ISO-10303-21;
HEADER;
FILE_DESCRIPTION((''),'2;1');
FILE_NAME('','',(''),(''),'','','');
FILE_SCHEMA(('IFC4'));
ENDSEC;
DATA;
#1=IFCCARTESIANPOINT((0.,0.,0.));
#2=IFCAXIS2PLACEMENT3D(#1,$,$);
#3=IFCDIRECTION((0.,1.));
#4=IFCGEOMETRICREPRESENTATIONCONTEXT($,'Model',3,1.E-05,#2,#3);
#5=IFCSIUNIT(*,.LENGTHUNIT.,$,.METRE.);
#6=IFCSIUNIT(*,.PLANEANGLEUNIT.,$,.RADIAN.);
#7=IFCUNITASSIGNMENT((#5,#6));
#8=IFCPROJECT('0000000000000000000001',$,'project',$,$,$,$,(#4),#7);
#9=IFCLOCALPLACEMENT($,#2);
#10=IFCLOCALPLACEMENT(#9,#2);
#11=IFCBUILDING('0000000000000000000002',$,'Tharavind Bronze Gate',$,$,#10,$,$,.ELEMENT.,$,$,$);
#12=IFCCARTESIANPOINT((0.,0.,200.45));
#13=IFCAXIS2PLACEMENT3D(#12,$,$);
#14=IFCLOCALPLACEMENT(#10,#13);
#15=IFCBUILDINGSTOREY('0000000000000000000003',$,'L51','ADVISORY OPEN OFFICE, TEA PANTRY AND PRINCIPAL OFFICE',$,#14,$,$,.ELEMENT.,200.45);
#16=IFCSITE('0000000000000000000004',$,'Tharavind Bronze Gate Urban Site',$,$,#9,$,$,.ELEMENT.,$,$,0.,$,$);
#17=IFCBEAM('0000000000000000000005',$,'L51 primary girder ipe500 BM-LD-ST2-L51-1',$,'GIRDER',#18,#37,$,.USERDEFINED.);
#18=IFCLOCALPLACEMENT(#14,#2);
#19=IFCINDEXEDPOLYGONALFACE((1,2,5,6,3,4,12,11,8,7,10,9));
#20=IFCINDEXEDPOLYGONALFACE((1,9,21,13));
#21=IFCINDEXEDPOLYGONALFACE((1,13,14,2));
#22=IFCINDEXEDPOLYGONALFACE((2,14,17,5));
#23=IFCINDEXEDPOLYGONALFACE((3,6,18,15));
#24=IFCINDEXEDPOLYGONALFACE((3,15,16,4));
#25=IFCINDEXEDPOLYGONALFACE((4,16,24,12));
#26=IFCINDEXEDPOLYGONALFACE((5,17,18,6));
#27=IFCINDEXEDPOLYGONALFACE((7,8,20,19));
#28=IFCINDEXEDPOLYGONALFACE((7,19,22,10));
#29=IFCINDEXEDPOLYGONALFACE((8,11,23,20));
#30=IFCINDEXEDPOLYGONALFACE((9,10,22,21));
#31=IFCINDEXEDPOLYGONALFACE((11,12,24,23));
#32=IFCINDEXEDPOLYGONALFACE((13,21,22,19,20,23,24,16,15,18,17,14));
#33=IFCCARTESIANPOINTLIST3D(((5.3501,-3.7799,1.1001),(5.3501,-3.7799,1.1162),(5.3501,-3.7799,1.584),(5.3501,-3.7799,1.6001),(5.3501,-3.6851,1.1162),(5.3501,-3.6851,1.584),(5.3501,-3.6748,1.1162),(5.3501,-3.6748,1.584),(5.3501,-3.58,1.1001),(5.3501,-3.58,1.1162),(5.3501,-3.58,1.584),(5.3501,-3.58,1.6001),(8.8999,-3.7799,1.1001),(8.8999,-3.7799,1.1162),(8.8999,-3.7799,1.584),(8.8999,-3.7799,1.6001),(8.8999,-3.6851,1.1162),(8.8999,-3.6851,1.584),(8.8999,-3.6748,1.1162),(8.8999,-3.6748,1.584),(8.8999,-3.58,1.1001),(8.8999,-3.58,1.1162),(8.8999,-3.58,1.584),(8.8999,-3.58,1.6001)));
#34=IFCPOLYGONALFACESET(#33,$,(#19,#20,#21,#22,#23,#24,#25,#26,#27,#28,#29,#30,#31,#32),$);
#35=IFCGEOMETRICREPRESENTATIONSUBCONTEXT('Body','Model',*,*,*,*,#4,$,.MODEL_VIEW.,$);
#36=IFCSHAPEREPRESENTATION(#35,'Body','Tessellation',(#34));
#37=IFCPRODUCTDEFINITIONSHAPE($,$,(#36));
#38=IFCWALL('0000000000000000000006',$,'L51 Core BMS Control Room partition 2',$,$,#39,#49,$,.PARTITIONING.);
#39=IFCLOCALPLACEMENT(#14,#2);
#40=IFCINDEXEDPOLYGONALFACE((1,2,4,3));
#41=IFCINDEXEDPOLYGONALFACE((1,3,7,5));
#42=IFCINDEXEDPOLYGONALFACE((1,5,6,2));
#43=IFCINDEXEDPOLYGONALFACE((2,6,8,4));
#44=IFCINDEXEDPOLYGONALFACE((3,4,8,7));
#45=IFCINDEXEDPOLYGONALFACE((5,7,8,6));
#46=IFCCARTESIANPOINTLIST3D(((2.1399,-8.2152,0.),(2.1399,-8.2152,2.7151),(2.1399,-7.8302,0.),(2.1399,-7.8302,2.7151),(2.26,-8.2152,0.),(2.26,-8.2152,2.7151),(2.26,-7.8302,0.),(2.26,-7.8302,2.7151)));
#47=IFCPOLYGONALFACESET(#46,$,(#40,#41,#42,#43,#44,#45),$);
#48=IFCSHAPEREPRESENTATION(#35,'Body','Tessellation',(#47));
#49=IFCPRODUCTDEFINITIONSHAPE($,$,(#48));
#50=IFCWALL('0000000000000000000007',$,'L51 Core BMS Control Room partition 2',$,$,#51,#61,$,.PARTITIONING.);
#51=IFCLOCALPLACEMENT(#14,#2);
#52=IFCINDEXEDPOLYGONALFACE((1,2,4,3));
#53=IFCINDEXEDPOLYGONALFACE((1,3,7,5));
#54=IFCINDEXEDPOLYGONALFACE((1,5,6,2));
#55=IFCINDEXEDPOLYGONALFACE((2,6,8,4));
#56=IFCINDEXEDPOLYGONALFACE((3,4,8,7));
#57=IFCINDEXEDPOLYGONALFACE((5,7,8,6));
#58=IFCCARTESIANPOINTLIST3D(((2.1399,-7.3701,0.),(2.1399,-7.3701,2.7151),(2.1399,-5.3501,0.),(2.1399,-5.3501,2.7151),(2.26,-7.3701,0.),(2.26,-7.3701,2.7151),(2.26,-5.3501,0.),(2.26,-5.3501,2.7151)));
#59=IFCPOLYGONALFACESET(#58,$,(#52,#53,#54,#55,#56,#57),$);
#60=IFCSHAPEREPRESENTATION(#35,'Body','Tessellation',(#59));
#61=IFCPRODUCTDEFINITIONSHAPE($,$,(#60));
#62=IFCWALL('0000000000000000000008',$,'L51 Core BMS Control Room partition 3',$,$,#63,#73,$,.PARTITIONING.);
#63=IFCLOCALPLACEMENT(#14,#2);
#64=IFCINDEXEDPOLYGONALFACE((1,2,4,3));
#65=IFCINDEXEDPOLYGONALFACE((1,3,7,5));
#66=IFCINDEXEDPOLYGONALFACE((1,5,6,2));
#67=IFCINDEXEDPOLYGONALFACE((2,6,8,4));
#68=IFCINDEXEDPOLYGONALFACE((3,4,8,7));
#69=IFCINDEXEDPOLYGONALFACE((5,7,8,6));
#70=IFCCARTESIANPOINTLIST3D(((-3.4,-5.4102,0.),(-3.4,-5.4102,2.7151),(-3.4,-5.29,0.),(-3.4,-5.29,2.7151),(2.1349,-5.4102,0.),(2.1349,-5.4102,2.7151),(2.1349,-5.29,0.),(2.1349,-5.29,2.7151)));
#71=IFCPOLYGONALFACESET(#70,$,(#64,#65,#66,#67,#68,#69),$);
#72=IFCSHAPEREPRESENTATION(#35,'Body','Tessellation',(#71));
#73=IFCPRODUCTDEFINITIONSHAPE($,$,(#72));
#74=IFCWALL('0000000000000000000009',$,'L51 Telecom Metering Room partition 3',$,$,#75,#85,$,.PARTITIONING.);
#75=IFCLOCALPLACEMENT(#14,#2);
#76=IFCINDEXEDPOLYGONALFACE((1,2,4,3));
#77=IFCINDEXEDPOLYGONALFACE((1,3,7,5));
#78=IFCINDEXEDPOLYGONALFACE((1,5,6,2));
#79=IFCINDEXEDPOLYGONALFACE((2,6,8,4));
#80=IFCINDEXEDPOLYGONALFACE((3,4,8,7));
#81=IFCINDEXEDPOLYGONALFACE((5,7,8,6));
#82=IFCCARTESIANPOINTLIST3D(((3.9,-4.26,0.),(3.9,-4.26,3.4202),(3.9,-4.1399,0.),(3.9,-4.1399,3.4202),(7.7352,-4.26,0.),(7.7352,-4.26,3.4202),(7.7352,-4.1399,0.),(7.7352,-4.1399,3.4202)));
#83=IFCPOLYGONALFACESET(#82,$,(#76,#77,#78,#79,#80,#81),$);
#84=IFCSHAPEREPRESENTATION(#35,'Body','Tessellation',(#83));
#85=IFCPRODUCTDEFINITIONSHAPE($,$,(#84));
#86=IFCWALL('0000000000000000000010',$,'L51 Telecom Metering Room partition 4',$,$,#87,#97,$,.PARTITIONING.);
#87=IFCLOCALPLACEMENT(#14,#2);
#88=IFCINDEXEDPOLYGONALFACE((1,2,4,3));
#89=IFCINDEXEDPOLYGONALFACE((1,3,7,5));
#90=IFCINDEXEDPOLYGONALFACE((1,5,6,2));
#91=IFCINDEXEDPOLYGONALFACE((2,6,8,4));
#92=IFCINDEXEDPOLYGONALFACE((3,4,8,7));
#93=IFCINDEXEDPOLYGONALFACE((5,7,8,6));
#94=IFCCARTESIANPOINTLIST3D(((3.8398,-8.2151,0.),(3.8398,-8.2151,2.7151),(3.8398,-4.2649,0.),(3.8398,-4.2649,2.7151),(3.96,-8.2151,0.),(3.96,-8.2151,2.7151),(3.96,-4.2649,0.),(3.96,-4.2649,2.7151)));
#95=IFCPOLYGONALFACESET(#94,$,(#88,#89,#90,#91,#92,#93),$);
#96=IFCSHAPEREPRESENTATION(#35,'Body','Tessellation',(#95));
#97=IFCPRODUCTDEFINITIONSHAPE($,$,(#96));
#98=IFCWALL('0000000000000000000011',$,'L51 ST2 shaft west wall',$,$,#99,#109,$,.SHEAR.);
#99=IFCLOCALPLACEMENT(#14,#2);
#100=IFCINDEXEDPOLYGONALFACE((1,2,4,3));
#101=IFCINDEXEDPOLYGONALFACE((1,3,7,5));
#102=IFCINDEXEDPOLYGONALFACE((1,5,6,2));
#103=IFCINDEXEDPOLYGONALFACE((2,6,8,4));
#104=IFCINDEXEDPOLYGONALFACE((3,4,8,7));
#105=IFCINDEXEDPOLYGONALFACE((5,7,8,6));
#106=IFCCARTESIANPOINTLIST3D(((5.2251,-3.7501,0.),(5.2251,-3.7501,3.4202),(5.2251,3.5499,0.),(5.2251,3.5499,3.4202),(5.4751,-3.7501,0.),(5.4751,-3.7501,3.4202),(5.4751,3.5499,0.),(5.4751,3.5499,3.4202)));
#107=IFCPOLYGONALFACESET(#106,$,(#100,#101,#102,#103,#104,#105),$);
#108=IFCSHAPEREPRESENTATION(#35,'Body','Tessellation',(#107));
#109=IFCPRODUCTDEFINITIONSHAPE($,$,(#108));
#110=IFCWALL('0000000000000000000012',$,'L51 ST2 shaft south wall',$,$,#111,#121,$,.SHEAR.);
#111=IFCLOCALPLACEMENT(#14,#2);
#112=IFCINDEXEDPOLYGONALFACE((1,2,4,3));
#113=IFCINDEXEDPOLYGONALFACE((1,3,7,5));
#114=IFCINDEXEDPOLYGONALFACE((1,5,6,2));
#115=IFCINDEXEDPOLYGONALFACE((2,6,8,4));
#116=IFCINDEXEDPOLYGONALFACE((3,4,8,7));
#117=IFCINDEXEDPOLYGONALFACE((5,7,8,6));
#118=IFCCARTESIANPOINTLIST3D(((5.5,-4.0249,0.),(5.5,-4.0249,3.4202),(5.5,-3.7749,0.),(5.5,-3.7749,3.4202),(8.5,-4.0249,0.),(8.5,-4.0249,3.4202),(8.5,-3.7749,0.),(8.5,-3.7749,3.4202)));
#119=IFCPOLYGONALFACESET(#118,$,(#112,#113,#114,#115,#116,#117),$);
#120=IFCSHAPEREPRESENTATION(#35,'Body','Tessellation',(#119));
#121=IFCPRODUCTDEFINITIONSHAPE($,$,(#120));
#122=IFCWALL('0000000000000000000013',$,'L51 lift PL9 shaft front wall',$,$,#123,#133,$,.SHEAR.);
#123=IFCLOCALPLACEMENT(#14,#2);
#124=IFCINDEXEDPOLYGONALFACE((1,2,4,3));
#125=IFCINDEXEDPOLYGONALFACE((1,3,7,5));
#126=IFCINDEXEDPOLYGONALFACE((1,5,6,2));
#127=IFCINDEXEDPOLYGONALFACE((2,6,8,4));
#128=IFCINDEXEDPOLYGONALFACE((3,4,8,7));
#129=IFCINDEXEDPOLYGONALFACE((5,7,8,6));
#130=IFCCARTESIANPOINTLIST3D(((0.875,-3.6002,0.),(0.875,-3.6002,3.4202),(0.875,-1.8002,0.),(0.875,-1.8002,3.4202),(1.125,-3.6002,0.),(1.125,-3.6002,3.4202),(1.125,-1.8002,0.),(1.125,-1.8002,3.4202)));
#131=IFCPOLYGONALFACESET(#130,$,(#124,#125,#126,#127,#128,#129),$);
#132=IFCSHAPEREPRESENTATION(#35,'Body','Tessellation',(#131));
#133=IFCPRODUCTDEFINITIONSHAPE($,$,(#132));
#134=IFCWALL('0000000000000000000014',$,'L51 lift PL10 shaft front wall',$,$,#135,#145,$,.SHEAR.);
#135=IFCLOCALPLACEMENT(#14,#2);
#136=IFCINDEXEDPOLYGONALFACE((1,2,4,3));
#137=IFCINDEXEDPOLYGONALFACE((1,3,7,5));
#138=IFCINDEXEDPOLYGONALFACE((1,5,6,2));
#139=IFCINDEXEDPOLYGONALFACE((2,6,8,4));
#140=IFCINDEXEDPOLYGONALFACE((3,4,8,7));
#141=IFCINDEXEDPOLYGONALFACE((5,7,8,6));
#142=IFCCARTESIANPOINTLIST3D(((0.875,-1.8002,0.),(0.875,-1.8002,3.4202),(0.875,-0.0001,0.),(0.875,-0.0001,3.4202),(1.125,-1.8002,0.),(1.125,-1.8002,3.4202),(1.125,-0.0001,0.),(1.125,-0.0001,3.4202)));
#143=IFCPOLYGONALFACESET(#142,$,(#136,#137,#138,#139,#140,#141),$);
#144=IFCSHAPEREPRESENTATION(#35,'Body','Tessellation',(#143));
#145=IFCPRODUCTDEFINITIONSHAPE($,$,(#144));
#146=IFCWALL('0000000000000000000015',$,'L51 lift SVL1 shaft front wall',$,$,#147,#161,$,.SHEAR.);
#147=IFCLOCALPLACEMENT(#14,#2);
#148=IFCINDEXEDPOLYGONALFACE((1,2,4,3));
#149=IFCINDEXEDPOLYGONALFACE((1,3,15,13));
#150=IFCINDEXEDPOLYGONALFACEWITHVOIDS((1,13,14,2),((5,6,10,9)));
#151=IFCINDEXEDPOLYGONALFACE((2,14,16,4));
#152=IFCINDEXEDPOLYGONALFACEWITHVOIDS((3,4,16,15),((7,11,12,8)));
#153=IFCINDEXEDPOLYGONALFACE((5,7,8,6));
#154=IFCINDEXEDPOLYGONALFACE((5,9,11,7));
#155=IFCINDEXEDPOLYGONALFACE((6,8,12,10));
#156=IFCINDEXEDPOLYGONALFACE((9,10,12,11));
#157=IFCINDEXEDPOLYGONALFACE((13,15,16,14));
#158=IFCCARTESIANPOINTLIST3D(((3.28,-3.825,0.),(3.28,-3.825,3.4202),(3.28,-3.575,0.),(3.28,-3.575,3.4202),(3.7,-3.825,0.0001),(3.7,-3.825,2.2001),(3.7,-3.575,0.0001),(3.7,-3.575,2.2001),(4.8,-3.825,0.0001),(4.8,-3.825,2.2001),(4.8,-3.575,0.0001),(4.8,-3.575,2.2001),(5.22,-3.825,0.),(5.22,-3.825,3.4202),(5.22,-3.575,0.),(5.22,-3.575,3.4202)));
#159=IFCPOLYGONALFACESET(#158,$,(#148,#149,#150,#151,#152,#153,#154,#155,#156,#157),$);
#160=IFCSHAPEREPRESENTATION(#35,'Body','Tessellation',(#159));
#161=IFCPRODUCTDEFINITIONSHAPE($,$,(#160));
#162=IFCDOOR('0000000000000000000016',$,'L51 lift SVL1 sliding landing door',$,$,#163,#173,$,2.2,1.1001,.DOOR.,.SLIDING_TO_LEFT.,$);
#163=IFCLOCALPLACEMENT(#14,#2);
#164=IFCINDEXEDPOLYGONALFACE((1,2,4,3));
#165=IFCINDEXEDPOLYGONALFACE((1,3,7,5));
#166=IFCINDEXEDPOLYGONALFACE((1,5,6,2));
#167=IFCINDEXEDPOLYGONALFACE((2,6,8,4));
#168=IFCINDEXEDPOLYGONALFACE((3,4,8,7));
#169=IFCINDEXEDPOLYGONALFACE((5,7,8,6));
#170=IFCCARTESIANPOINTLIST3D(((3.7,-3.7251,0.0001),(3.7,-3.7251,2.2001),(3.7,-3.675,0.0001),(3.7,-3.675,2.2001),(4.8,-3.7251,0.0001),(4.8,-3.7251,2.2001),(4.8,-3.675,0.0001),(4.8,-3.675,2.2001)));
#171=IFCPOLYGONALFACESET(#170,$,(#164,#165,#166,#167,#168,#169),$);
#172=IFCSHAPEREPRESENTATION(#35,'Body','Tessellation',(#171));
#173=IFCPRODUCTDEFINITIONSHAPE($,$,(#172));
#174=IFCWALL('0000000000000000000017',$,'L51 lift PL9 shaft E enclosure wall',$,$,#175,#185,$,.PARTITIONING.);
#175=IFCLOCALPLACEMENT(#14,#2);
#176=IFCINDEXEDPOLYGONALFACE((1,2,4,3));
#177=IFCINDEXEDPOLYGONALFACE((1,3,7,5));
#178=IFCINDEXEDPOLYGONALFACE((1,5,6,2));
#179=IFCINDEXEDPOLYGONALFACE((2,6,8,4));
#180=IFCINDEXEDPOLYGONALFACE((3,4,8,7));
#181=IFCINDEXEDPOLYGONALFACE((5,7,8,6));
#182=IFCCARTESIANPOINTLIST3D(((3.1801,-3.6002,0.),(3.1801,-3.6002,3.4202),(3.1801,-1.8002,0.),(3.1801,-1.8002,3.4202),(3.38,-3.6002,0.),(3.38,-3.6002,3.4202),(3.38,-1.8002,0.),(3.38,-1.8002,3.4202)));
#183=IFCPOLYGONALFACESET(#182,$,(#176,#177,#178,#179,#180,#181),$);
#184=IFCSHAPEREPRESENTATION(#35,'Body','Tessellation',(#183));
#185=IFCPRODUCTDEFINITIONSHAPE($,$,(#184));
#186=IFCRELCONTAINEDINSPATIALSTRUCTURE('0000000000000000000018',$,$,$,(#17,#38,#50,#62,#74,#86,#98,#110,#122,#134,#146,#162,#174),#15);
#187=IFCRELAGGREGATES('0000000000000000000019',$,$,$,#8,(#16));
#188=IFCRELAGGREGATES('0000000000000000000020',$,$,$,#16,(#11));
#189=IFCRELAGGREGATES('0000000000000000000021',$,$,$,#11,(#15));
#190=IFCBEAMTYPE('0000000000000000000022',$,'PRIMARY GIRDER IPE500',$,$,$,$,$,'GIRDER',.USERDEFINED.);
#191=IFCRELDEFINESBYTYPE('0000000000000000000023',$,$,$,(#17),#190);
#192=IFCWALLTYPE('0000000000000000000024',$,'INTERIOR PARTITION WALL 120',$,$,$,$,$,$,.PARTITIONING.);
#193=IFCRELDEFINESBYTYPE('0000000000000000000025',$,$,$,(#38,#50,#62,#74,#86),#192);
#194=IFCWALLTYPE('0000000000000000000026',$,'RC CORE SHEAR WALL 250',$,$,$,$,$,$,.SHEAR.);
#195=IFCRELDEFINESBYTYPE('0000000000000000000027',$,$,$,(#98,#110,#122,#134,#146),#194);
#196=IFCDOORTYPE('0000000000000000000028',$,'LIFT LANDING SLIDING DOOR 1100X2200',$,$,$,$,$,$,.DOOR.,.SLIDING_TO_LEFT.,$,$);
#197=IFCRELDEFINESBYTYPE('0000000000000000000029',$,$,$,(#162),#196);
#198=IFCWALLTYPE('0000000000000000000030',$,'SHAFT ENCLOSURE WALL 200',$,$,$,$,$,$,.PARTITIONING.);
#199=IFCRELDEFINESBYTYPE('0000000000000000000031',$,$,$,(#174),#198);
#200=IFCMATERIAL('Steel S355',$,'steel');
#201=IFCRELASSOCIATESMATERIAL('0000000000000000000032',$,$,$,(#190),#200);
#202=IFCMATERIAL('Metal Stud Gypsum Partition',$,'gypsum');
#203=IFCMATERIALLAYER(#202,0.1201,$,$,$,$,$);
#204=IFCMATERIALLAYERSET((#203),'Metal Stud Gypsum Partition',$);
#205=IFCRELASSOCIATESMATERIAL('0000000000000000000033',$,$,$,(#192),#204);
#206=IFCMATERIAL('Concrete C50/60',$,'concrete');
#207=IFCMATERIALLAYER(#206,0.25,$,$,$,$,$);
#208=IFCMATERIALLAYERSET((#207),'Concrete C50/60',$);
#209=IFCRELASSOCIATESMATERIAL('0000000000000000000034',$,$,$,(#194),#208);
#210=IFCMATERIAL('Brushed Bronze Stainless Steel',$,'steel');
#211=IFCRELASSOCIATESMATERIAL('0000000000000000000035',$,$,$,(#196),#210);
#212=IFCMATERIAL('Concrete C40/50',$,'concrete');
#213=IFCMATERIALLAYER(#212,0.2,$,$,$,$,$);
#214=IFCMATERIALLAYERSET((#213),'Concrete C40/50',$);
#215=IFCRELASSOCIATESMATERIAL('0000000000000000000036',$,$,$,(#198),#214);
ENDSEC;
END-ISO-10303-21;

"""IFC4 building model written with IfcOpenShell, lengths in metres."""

from ifc_helpers import new_model, si_unit, direction, frame, frame_2d, origin, origin_2d, place, context, subcontext, project, spatial, rectangle, i_section, extrude, material, layer, layer_set, material_profile, profile_set, type_object, element, fill, save


model = new_model("IFC4")

# Units and contexts
model_context = context("Model", 3, precision=1e-05, world=origin(), true_north=direction((0.0, 1.0)))
body_context = subcontext(model_context, "Body", "Model", "MODEL_VIEW")
ifc_project = project(units=[si_unit("LENGTHUNIT", "METRE"), si_unit("PLANEANGLEUNIT", "RADIAN")], contexts=[model_context])

# Site, building, storey
site_placement = place(None, origin())
site = spatial("IfcSite", under=ifc_project, at=site_placement, Name="Tharavind Bronze Gate Urban Site", CompositionType="ELEMENT", RefElevation=0.0)
building_placement = place(site_placement, origin())
building = spatial("IfcBuilding", under=site, at=building_placement, Name="Tharavind Bronze Gate", CompositionType="ELEMENT")
storey_placement = place(building_placement, frame((0.0, 0.0, 200.45)))
storey = spatial("IfcBuildingStorey", under=building, at=storey_placement, Name="L51", Description="ADVISORY OPEN OFFICE, TEA PANTRY AND PRINCIPAL OFFICE", CompositionType="ELEMENT", Elevation=200.45)

# Beam
ifc_material_1 = material(Name="Steel S355", Category="steel")
ifc_material_profile = material_profile(ifc_material_1, i_section(OverallWidth=0.2, OverallDepth=0.5, WebThickness=0.0103, FlangeThickness=0.0161, at=origin_2d()), Name="IPE500")
ifc_profile_set = profile_set([ifc_material_profile], Name="Steel S355")
beam_type = type_object("IfcBeamType", Name="PRIMARY GIRDER IPE500", ElementType="GIRDER", PredefinedType="USERDEFINED", material=ifc_profile_set)
beam_placement = place(storey_placement, frame((5.3501, -3.6799, 1.3501), z_axis=(1.0, 0.0, 0.0), x_axis=(0.0, 1.0, 0.0)))
element("IfcBeam", 1, at=beam_placement, inside=storey, type_object=beam_type, Name="L51 primary girder ipe500 BM-LD-ST2-L51-1", ObjectType="GIRDER", PredefinedType="USERDEFINED", context=body_context, shape_type="SweptSolid", body=[
    extrude(i_section(OverallWidth=0.2, OverallDepth=0.5, WebThickness=0.0103, FlangeThickness=0.0161, at=origin_2d()), origin(), (0.0, 0.0, 1.0), 3.5498),
])

# Walls
ifc_material_2 = material(Name="Metal Stud Gypsum Partition", Category="gypsum")
ifc_layer_1 = layer(ifc_material_2, 0.1201)
ifc_layer_set_1 = layer_set([ifc_layer_1], Name="Metal Stud Gypsum Partition")
wall_type_1 = type_object("IfcWallType", Name="INTERIOR PARTITION WALL 120", PredefinedType="PARTITIONING", material=ifc_layer_set_1)
wall_1_placement = place(storey_placement, frame((2.2, -8.2151, 0.0), z_axis=(0.0, 0.0, 1.0), x_axis=(0.0, 1.0, 0.0)))
element("IfcWall", 2, at=wall_1_placement, inside=storey, type_object=wall_type_1, Name="L51 Core BMS Control Room partition 2", PredefinedType="PARTITIONING", context=body_context, shape_type="SweptSolid", body=[
    extrude(rectangle(XDim=0.385, YDim=0.1201, at=frame_2d((0.1924, 0.0))), origin(), (0.0, 0.0, 1.0), 2.7151),
])
wall_2_placement = place(storey_placement, frame((2.2, -7.3701, 0.0), z_axis=(0.0, 0.0, 1.0), x_axis=(0.0, 1.0, 0.0)))
element("IfcWall", 3, at=wall_2_placement, inside=storey, type_object=wall_type_1, Name="L51 Core BMS Control Room partition 2", PredefinedType="PARTITIONING", context=body_context, shape_type="SweptSolid", body=[
    extrude(rectangle(XDim=2.02, YDim=0.1201, at=frame_2d((1.01, 0.0))), origin(), (0.0, 0.0, 1.0), 2.7151),
])
wall_3_placement = place(storey_placement, frame((2.135, -5.3501, 0.0), z_axis=(0.0, 0.0, 1.0), x_axis=(-1.0, 0.0, 0.0)))
element("IfcWall", 4, at=wall_3_placement, inside=storey, type_object=wall_type_1, Name="L51 Core BMS Control Room partition 3", PredefinedType="PARTITIONING", context=body_context, shape_type="SweptSolid", body=[
    extrude(rectangle(XDim=5.5349, YDim=0.1201, at=frame_2d((2.7676, 0.0))), origin(), (0.0, 0.0, 1.0), 2.7151),
])
wall_4_placement = place(storey_placement, frame((7.7351, -4.2, 0.0), z_axis=(0.0, 0.0, 1.0), x_axis=(-1.0, 0.0, 0.0)))
element("IfcWall", 5, at=wall_4_placement, inside=storey, type_object=wall_type_1, Name="L51 Telecom Metering Room partition 3", PredefinedType="PARTITIONING", context=body_context, shape_type="SweptSolid", body=[
    extrude(rectangle(XDim=3.8352, YDim=0.1201, at=frame_2d((1.9175, 0.0))), origin(), (0.0, 0.0, 1.0), 3.4202),
])
wall_5_placement = place(storey_placement, frame((3.8999, -4.2649, 0.0), z_axis=(0.0, 0.0, 1.0), x_axis=(0.0, -1.0, 0.0)))
element("IfcWall", 6, at=wall_5_placement, inside=storey, type_object=wall_type_1, Name="L51 Telecom Metering Room partition 4", PredefinedType="PARTITIONING", context=body_context, shape_type="SweptSolid", body=[
    extrude(rectangle(XDim=3.9502, YDim=0.1201, at=frame_2d((1.9751, 0.0))), origin(), (0.0, 0.0, 1.0), 2.7151),
])
ifc_material_3 = material(Name="Concrete C50/60", Category="concrete")
ifc_layer_2 = layer(ifc_material_3, 0.25)
ifc_layer_set_2 = layer_set([ifc_layer_2], Name="Concrete C50/60")
wall_type_2 = type_object("IfcWallType", Name="RC CORE SHEAR WALL 250", PredefinedType="SHEAR", material=ifc_layer_set_2)
wall_6_placement = place(storey_placement, frame((5.3501, -3.75, 0.0), z_axis=(0.0, 0.0, 1.0), x_axis=(0.0, 1.0, 0.0)))
element("IfcWall", 7, at=wall_6_placement, inside=storey, type_object=wall_type_2, Name="L51 ST2 shaft west wall", PredefinedType="SHEAR", context=body_context, shape_type="SweptSolid", body=[
    extrude(rectangle(XDim=7.3, YDim=0.25, at=frame_2d((3.6499, 0.0))), origin(), (0.0, 0.0, 1.0), 3.4202),
])
wall_7_placement = place(storey_placement, frame((5.5, -3.8999, 0.0), z_axis=(0.0, 0.0, 1.0), x_axis=(1.0, 0.0, 0.0)))
element("IfcWall", 8, at=wall_7_placement, inside=storey, type_object=wall_type_2, Name="L51 ST2 shaft south wall", PredefinedType="SHEAR", context=body_context, shape_type="SweptSolid", body=[
    extrude(rectangle(XDim=3.0, YDim=0.25, at=frame_2d((1.5, 0.0))), origin(), (0.0, 0.0, 1.0), 3.4202),
])
for number, where, z_axis, x_axis, name in (
    (9, (1.0, -3.6001, 0.0), (0.0, 0.0, 1.0), (0.0, 1.0, 0.0), "L51 lift PL9 shaft front wall"),
    (10, (1.0, -1.8, 0.0), (0.0, 0.0, 1.0), (0.0, 1.0, 0.0), "L51 lift PL10 shaft front wall"),
):
    element("IfcWall", number, at=place(storey_placement, frame(where, z_axis=z_axis, x_axis=x_axis)), inside=storey, type_object=wall_type_2, Name=name, PredefinedType="SHEAR", context=body_context, shape_type="SweptSolid", body=[
        extrude(rectangle(XDim=1.8, YDim=0.25, at=frame_2d((0.8999, 0.0))), origin(), (0.0, 0.0, 1.0), 3.4202),
    ])

# Wall, opening, door
wall_8_placement = place(storey_placement, frame((3.28, -3.7, 0.0), z_axis=(0.0, 0.0, 1.0), x_axis=(1.0, 0.0, 0.0)))
wall_8 = element("IfcWall", 11, at=wall_8_placement, inside=storey, type_object=wall_type_2, Name="L51 lift SVL1 shaft front wall", PredefinedType="SHEAR", context=body_context, shape_type="SweptSolid", body=[
    extrude(rectangle(XDim=1.9399, YDim=0.25, at=frame_2d((0.97, 0.0))), origin(), (0.0, 0.0, 1.0), 3.4202),
])
opening_placement = place(wall_8_placement, frame((0.4199, 0.0, 0.0)))
opening = element("IfcOpeningElement", 12, at=opening_placement, cuts=wall_8, PredefinedType="OPENING", context=body_context, shape_type="SweptSolid", body=[
    extrude(rectangle(XDim=1.1001, YDim=2.2, at=frame_2d((0.55, 1.1001))), frame((0.0, 0.135, 0.0), z_axis=(0.0, -1.0, 0.0), x_axis=(1.0, 0.0, 0.0)), (0.0, 0.0, 1.0), 0.27),
])
ifc_material_4 = material(Name="Brushed Bronze Stainless Steel", Category="steel")
door_type = type_object("IfcDoorType", Name="LIFT LANDING SLIDING DOOR 1100X2200", OperationType="SLIDING_TO_LEFT", PredefinedType="DOOR", material=ifc_material_4)
door_placement = place(opening_placement, origin())
door = element("IfcDoor", 13, at=door_placement, inside=storey, type_object=door_type, Name="L51 lift SVL1 sliding landing door", OperationType="SLIDING_TO_LEFT", OverallHeight=2.2, OverallWidth=1.1001, PredefinedType="DOOR", context=body_context, shape_type="SweptSolid", body=[
    extrude(rectangle(XDim=1.1001, YDim=2.2, at=frame_2d((0.55, 1.1001))), frame((0.0, 0.0249, 0.0), z_axis=(0.0, -1.0, 0.0), x_axis=(1.0, 0.0, 0.0)), (0.0, 0.0, 1.0), 0.05),
])
fill(opening, door)

# Wall
ifc_material_5 = material(Name="Concrete C40/50", Category="concrete")
ifc_layer_3 = layer(ifc_material_5, 0.2)
ifc_layer_set_3 = layer_set([ifc_layer_3], Name="Concrete C40/50")
wall_type_3 = type_object("IfcWallType", Name="SHAFT ENCLOSURE WALL 200", PredefinedType="PARTITIONING", material=ifc_layer_set_3)
wall_9_placement = place(storey_placement, frame((3.28, -3.6001, 0.0), z_axis=(0.0, 0.0, 1.0), x_axis=(0.0, 1.0, 0.0)))
element("IfcWall", 14, at=wall_9_placement, inside=storey, type_object=wall_type_3, Name="L51 lift PL9 shaft E enclosure wall", PredefinedType="PARTITIONING", context=body_context, shape_type="SweptSolid", body=[
    extrude(rectangle(XDim=1.8, YDim=0.2, at=frame_2d((0.8999, 0.0))), origin(), (0.0, 0.0, 1.0), 3.4202),
])

save(model, "model.ifc")
